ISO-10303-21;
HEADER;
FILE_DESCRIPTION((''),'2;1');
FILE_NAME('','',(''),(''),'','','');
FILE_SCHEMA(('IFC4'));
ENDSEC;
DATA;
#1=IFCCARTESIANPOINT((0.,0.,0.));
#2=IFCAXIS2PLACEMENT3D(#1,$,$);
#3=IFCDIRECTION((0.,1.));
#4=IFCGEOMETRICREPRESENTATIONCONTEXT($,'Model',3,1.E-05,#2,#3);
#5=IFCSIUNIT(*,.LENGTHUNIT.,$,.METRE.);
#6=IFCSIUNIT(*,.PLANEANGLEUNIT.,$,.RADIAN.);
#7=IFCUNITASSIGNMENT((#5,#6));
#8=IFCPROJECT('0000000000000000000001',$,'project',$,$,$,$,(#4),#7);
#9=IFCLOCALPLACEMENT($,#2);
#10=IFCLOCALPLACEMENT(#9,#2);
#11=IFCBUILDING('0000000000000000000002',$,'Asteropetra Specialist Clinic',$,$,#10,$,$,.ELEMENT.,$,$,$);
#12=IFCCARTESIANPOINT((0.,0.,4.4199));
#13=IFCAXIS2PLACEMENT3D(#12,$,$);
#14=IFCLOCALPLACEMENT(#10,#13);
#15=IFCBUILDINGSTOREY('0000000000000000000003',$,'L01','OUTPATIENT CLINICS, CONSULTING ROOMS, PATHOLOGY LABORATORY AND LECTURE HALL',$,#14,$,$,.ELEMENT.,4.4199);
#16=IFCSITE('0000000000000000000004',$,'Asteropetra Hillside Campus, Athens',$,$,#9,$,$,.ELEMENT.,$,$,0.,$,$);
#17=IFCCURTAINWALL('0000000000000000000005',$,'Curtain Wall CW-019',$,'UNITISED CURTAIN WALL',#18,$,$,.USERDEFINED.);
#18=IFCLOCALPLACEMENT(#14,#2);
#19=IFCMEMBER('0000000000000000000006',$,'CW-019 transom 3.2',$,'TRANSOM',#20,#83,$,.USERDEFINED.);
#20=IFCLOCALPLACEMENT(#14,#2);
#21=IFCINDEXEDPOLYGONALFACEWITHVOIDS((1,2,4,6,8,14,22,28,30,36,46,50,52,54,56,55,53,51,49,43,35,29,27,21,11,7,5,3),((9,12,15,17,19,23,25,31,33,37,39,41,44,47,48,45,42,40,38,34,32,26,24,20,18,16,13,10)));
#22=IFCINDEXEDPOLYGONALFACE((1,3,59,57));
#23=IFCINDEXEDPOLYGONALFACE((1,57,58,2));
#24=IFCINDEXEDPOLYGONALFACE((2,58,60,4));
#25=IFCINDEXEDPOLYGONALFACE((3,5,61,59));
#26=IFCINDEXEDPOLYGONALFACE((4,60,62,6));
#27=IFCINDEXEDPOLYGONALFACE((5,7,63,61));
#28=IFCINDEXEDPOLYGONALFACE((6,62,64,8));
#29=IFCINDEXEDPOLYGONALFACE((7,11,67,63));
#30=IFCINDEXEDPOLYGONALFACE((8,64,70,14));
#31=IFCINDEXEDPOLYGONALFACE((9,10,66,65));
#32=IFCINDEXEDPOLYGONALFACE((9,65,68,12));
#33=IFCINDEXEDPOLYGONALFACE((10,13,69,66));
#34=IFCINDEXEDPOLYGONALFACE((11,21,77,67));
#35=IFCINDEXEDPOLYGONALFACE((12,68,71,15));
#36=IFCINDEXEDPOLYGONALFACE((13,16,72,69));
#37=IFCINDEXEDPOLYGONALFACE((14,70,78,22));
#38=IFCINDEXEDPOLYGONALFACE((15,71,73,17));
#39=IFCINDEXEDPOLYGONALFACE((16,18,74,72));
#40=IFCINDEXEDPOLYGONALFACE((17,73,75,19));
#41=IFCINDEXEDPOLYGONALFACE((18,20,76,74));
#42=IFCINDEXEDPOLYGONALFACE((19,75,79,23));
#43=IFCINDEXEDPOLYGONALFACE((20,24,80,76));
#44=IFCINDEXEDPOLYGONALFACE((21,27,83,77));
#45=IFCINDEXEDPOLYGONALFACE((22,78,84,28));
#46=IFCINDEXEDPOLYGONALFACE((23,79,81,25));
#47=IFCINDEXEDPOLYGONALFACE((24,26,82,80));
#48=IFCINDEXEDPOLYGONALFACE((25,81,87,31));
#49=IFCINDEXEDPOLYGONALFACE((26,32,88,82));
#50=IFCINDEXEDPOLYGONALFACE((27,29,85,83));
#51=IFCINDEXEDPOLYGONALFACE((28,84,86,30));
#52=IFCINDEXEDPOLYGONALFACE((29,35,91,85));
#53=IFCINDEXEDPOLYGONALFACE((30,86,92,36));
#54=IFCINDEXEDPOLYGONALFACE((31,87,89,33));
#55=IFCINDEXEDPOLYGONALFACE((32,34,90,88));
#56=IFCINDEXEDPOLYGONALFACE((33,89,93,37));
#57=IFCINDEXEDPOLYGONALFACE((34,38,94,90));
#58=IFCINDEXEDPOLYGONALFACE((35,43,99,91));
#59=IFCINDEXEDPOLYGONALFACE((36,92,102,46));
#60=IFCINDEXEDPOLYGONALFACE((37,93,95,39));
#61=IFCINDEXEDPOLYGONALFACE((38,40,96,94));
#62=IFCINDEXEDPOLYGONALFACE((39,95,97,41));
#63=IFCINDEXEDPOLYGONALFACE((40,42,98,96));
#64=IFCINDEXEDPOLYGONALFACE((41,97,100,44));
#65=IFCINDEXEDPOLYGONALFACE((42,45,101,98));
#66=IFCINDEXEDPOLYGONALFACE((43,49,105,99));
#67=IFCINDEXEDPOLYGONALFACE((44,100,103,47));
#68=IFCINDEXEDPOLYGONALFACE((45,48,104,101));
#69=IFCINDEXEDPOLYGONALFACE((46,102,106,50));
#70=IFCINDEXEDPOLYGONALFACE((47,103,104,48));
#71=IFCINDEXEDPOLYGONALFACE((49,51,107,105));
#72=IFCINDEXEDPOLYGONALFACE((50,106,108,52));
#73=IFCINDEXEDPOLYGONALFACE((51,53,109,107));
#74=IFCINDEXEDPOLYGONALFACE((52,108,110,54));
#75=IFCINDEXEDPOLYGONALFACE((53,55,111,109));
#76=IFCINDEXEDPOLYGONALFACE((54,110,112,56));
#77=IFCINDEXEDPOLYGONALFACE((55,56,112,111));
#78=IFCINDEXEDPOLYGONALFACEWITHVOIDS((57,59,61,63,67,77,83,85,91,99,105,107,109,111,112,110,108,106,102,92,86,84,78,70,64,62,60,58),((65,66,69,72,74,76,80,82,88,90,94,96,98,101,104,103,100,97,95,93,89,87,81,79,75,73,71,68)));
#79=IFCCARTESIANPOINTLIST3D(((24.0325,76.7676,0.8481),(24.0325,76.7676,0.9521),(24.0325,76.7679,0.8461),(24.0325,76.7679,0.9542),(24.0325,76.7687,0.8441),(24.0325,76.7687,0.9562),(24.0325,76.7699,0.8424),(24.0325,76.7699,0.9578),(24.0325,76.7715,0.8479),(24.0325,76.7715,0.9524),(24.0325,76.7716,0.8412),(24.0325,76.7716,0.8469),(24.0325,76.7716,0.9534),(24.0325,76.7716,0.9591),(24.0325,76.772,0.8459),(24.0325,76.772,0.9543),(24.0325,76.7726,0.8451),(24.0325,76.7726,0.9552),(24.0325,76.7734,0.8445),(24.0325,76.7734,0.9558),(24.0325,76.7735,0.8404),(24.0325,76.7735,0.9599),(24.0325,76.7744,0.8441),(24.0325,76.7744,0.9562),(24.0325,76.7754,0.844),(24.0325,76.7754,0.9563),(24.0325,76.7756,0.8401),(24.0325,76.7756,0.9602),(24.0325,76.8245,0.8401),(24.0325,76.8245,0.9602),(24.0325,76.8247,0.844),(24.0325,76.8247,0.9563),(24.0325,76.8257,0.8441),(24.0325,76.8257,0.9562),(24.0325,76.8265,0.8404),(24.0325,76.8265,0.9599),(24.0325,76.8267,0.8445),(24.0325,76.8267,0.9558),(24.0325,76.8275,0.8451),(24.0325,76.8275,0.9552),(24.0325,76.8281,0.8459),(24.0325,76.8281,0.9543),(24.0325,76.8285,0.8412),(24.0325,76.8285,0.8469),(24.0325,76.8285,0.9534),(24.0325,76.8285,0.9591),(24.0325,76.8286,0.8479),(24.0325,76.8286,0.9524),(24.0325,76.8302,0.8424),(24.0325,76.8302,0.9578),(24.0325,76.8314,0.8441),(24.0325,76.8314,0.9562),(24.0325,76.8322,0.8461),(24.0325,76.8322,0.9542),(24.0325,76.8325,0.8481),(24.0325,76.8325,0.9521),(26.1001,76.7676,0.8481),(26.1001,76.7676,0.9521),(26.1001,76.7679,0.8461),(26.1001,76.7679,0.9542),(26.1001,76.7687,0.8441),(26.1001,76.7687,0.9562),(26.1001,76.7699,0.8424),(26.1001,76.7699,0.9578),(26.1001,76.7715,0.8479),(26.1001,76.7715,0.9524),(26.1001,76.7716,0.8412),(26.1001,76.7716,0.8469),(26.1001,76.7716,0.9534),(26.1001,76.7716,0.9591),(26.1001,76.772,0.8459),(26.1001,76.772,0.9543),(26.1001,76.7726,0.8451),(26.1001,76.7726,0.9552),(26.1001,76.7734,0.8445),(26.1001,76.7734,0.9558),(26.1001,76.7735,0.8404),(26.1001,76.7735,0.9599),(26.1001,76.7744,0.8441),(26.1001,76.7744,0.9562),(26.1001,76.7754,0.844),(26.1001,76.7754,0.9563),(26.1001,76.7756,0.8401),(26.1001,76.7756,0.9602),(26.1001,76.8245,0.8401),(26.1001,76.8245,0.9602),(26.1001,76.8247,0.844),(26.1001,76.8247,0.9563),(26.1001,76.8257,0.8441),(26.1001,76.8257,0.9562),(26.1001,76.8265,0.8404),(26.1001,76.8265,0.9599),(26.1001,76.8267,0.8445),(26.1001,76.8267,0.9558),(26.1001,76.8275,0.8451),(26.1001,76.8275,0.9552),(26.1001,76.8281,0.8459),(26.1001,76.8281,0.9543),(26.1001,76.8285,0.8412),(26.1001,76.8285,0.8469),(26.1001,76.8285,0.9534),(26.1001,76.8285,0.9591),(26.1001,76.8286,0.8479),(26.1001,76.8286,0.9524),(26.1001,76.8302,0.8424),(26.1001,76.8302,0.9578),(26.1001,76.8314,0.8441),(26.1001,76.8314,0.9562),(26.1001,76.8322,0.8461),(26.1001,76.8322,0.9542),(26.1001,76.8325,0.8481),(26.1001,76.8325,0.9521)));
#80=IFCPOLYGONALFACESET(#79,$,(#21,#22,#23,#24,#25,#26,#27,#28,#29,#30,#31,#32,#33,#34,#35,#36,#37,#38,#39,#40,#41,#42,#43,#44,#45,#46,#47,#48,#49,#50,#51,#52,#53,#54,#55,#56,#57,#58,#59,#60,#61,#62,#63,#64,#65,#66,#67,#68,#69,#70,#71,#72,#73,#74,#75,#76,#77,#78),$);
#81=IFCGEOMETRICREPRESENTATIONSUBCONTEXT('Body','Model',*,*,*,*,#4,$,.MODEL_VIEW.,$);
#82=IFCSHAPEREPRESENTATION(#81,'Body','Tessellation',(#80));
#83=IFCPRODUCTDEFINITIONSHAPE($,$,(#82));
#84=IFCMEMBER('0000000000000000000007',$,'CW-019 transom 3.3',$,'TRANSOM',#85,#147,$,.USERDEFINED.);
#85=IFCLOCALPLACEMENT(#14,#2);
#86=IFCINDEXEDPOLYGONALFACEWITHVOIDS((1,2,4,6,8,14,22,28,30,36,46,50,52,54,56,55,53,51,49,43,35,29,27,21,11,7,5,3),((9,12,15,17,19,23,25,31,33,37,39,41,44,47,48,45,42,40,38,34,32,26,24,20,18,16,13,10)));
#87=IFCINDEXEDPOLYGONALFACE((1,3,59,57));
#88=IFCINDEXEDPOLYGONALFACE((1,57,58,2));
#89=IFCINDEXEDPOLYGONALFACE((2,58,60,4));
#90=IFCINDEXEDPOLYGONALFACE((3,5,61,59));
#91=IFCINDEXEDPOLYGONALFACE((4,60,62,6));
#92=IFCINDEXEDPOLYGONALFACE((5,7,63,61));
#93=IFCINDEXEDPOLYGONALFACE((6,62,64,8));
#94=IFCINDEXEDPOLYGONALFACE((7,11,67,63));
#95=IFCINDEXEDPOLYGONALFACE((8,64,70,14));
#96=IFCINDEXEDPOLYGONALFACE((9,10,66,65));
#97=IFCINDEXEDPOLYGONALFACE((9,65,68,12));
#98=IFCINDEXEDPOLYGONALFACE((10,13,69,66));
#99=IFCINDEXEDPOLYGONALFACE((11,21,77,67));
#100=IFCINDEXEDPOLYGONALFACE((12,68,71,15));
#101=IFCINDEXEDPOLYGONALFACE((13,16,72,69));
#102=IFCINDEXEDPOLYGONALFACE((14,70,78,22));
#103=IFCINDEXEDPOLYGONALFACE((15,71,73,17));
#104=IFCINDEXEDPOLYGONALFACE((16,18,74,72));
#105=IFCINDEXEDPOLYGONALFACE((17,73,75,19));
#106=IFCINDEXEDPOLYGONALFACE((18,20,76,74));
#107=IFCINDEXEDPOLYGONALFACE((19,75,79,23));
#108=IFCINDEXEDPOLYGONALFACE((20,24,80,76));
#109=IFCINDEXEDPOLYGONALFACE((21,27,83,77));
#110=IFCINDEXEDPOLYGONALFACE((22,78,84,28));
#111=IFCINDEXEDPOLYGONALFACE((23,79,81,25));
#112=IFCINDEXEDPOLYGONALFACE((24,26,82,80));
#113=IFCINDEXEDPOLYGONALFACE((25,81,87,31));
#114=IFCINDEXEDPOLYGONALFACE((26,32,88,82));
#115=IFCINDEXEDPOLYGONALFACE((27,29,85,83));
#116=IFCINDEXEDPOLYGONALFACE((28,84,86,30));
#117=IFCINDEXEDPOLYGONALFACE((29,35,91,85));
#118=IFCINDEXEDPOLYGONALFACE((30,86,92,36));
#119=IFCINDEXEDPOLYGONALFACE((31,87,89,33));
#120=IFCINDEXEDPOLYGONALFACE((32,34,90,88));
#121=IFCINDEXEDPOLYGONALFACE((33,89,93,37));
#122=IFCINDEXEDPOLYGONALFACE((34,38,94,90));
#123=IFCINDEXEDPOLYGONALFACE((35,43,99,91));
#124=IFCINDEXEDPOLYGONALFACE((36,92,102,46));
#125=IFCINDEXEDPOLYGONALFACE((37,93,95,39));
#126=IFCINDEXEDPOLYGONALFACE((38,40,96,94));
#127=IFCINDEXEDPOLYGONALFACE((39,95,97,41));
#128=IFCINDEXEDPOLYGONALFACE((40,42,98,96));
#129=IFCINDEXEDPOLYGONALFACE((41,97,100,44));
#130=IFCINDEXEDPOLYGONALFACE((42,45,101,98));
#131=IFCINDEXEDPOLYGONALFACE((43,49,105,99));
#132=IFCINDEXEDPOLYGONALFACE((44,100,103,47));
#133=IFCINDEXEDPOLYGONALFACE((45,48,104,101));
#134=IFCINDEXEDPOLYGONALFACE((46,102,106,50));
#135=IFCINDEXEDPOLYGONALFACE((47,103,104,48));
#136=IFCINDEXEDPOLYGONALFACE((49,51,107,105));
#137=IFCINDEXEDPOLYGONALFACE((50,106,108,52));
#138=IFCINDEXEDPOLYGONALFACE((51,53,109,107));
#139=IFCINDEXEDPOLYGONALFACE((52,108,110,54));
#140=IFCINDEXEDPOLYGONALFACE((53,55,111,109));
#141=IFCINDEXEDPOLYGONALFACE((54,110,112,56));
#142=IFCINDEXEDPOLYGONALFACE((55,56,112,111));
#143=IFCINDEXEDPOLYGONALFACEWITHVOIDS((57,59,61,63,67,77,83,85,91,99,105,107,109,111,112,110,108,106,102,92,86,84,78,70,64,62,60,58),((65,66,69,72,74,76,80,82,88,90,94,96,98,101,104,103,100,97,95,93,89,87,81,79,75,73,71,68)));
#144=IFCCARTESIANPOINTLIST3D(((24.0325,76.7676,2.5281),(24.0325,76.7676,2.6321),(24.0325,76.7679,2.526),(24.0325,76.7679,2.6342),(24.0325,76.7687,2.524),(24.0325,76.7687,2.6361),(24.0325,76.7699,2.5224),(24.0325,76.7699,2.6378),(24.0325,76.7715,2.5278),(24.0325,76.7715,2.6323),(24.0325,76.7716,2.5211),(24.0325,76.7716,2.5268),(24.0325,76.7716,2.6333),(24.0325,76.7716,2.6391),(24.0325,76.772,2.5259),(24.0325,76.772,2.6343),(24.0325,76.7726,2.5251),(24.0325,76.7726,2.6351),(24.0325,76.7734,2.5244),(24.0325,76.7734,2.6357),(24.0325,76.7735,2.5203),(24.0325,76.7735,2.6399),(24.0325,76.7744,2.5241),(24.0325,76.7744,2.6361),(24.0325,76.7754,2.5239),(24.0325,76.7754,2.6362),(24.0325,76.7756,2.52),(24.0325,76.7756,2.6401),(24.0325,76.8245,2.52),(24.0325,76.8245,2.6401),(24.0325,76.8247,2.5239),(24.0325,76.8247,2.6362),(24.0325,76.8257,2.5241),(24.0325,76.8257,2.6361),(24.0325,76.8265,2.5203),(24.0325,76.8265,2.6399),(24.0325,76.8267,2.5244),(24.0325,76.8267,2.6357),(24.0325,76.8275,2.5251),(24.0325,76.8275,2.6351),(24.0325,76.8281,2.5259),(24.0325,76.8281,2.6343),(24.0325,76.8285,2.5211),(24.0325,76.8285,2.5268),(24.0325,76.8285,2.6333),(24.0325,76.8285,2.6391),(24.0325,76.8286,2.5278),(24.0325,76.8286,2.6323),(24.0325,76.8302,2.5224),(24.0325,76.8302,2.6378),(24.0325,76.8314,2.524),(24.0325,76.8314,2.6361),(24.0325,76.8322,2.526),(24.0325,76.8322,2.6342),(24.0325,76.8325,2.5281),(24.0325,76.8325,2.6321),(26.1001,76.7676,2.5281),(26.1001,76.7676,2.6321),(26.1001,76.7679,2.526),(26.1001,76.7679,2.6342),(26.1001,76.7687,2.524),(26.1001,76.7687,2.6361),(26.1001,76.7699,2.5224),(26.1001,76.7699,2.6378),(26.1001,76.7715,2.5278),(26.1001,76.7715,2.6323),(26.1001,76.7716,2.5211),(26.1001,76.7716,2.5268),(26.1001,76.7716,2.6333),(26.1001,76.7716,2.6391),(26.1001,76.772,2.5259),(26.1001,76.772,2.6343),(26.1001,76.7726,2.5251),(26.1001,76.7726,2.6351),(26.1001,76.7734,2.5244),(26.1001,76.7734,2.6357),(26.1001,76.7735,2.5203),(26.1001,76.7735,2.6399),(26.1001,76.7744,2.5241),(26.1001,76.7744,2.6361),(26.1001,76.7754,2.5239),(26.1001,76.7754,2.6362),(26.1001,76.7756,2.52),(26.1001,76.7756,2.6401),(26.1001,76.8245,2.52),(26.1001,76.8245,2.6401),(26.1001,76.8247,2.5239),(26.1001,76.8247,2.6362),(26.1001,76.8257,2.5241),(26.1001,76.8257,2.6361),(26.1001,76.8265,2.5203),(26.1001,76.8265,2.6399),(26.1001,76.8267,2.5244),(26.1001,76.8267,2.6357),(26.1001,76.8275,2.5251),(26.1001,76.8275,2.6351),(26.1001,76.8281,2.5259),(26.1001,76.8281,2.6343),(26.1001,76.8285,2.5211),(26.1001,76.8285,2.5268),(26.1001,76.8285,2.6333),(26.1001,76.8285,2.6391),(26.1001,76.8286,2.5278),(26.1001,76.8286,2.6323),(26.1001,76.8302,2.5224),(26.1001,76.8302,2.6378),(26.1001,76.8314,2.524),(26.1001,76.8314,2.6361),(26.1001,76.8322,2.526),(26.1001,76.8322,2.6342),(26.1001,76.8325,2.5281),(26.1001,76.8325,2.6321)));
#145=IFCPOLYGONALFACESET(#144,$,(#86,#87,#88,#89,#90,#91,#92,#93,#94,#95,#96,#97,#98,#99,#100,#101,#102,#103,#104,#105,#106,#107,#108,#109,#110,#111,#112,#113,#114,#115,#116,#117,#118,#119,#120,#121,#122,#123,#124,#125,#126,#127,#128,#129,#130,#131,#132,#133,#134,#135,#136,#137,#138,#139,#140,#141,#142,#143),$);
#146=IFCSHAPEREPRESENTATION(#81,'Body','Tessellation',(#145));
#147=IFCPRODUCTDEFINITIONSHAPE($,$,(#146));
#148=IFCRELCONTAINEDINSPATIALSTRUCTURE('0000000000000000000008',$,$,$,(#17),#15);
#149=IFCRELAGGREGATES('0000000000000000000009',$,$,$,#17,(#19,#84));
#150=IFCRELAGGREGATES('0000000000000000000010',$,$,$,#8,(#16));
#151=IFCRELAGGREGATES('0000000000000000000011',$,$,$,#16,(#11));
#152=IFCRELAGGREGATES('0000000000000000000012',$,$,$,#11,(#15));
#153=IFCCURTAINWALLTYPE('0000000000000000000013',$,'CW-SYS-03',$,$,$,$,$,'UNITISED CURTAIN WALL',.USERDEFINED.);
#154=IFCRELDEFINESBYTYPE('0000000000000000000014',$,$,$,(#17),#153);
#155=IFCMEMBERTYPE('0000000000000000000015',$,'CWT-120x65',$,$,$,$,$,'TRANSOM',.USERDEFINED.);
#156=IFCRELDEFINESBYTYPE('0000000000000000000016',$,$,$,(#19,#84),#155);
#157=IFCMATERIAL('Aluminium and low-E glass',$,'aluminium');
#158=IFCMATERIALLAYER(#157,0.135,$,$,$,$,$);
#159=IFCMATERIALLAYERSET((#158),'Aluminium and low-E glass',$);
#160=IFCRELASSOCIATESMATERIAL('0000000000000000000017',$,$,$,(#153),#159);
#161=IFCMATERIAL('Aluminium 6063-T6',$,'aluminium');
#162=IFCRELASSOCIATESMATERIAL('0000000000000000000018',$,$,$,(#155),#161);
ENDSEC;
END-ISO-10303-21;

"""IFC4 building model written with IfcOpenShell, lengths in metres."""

from ifc_helpers import new_model, si_unit, direction, frame, origin, origin_2d, place, context, subcontext, project, spatial, hollow_rectangle, extrude, material, layer, layer_set, material_profile, profile_set, type_object, element, aggregate, save


model = new_model("IFC4")

# Units and contexts
model_context = context("Model", 3, precision=1e-05, world=origin(), true_north=direction((0.0, 1.0)))
body_context = subcontext(model_context, "Body", "Model", "MODEL_VIEW")
ifc_project = project(units=[si_unit("LENGTHUNIT", "METRE"), si_unit("PLANEANGLEUNIT", "RADIAN")], contexts=[model_context])

# Site, building, storey
site_placement = place(None, origin())
site = spatial("IfcSite", under=ifc_project, at=site_placement, Name="Asteropetra Hillside Campus, Athens", CompositionType="ELEMENT", RefElevation=0.0)
building_placement = place(site_placement, origin())
building = spatial("IfcBuilding", under=site, at=building_placement, Name="Asteropetra Specialist Clinic", CompositionType="ELEMENT")
storey_placement = place(building_placement, frame((0.0, 0.0, 4.4199)))
storey = spatial("IfcBuildingStorey", under=building, at=storey_placement, Name="L01", Description="OUTPATIENT CLINICS, CONSULTING ROOMS, PATHOLOGY LABORATORY AND LECTURE HALL", CompositionType="ELEMENT", Elevation=4.4199)

# Curtain wall, members
ifc_material_1 = material(Name="Aluminium and low-E glass", Category="aluminium")
ifc_layer_1 = layer(ifc_material_1, 0.135)
ifc_layer_set_1 = layer_set([ifc_layer_1], Name="Aluminium and low-E glass")
curtain_wall_type = type_object("IfcCurtainWallType", Name="CW-SYS-03", ElementType="UNITISED CURTAIN WALL", PredefinedType="USERDEFINED", material=ifc_layer_set_1)
curtain_wall_placement = place(storey_placement, origin())
curtain_wall = element("IfcCurtainWall", 1, at=curtain_wall_placement, inside=storey, type_object=curtain_wall_type, Name="Curtain Wall CW-019", ObjectType="UNITISED CURTAIN WALL", PredefinedType="USERDEFINED")
ifc_material_2 = material(Name="Aluminium 6063-T6", Category="aluminium")
ifc_material_profile_1 = material_profile(ifc_material_2, hollow_rectangle(XDim=0.0649, YDim=0.1201, WallThickness=0.0039, InnerFilletRadius=0.0039, OuterFilletRadius=0.0081, at=origin_2d()), Name="TRN 120x65x4.0")
ifc_profile_set_1 = profile_set([ifc_material_profile_1], Name="Aluminium 6063-T6")
member_type_1 = type_object("IfcMemberType", Name="CWT-120x65", ElementType="TRANSOM", PredefinedType="USERDEFINED", material=ifc_profile_set_1)
member_1_placement = place(storey_placement, frame((24.0325, 76.8, 0.9001), z_axis=(1.0, 0.0, 0.0), x_axis=(0.0, 1.0, 0.0)))
member_1 = element("IfcMember", 2, at=member_1_placement, type_object=member_type_1, Name="CW-019 transom 3.2", ObjectType="TRANSOM", PredefinedType="USERDEFINED", context=body_context, shape_type="SweptSolid", body=[
    extrude(hollow_rectangle(XDim=0.0649, YDim=0.1201, WallThickness=0.0039, InnerFilletRadius=0.0039, OuterFilletRadius=0.0081, at=origin_2d()), origin(), (0.0, 0.0, 1.0), 2.0676),
])
member_2_placement = place(storey_placement, frame((24.0325, 76.8, 2.5801), z_axis=(1.0, 0.0, 0.0), x_axis=(0.0, 1.0, 0.0)))
member_2 = element("IfcMember", 3, at=member_2_placement, type_object=member_type_1, Name="CW-019 transom 3.3", ObjectType="TRANSOM", PredefinedType="USERDEFINED", context=body_context, shape_type="SweptSolid", body=[
    extrude(hollow_rectangle(XDim=0.0649, YDim=0.1201, WallThickness=0.0039, InnerFilletRadius=0.0039, OuterFilletRadius=0.0081, at=origin_2d()), origin(), (0.0, 0.0, 1.0), 2.0676),
])
aggregate(curtain_wall, [member_1, member_2])

save(model, "model.ifc")
